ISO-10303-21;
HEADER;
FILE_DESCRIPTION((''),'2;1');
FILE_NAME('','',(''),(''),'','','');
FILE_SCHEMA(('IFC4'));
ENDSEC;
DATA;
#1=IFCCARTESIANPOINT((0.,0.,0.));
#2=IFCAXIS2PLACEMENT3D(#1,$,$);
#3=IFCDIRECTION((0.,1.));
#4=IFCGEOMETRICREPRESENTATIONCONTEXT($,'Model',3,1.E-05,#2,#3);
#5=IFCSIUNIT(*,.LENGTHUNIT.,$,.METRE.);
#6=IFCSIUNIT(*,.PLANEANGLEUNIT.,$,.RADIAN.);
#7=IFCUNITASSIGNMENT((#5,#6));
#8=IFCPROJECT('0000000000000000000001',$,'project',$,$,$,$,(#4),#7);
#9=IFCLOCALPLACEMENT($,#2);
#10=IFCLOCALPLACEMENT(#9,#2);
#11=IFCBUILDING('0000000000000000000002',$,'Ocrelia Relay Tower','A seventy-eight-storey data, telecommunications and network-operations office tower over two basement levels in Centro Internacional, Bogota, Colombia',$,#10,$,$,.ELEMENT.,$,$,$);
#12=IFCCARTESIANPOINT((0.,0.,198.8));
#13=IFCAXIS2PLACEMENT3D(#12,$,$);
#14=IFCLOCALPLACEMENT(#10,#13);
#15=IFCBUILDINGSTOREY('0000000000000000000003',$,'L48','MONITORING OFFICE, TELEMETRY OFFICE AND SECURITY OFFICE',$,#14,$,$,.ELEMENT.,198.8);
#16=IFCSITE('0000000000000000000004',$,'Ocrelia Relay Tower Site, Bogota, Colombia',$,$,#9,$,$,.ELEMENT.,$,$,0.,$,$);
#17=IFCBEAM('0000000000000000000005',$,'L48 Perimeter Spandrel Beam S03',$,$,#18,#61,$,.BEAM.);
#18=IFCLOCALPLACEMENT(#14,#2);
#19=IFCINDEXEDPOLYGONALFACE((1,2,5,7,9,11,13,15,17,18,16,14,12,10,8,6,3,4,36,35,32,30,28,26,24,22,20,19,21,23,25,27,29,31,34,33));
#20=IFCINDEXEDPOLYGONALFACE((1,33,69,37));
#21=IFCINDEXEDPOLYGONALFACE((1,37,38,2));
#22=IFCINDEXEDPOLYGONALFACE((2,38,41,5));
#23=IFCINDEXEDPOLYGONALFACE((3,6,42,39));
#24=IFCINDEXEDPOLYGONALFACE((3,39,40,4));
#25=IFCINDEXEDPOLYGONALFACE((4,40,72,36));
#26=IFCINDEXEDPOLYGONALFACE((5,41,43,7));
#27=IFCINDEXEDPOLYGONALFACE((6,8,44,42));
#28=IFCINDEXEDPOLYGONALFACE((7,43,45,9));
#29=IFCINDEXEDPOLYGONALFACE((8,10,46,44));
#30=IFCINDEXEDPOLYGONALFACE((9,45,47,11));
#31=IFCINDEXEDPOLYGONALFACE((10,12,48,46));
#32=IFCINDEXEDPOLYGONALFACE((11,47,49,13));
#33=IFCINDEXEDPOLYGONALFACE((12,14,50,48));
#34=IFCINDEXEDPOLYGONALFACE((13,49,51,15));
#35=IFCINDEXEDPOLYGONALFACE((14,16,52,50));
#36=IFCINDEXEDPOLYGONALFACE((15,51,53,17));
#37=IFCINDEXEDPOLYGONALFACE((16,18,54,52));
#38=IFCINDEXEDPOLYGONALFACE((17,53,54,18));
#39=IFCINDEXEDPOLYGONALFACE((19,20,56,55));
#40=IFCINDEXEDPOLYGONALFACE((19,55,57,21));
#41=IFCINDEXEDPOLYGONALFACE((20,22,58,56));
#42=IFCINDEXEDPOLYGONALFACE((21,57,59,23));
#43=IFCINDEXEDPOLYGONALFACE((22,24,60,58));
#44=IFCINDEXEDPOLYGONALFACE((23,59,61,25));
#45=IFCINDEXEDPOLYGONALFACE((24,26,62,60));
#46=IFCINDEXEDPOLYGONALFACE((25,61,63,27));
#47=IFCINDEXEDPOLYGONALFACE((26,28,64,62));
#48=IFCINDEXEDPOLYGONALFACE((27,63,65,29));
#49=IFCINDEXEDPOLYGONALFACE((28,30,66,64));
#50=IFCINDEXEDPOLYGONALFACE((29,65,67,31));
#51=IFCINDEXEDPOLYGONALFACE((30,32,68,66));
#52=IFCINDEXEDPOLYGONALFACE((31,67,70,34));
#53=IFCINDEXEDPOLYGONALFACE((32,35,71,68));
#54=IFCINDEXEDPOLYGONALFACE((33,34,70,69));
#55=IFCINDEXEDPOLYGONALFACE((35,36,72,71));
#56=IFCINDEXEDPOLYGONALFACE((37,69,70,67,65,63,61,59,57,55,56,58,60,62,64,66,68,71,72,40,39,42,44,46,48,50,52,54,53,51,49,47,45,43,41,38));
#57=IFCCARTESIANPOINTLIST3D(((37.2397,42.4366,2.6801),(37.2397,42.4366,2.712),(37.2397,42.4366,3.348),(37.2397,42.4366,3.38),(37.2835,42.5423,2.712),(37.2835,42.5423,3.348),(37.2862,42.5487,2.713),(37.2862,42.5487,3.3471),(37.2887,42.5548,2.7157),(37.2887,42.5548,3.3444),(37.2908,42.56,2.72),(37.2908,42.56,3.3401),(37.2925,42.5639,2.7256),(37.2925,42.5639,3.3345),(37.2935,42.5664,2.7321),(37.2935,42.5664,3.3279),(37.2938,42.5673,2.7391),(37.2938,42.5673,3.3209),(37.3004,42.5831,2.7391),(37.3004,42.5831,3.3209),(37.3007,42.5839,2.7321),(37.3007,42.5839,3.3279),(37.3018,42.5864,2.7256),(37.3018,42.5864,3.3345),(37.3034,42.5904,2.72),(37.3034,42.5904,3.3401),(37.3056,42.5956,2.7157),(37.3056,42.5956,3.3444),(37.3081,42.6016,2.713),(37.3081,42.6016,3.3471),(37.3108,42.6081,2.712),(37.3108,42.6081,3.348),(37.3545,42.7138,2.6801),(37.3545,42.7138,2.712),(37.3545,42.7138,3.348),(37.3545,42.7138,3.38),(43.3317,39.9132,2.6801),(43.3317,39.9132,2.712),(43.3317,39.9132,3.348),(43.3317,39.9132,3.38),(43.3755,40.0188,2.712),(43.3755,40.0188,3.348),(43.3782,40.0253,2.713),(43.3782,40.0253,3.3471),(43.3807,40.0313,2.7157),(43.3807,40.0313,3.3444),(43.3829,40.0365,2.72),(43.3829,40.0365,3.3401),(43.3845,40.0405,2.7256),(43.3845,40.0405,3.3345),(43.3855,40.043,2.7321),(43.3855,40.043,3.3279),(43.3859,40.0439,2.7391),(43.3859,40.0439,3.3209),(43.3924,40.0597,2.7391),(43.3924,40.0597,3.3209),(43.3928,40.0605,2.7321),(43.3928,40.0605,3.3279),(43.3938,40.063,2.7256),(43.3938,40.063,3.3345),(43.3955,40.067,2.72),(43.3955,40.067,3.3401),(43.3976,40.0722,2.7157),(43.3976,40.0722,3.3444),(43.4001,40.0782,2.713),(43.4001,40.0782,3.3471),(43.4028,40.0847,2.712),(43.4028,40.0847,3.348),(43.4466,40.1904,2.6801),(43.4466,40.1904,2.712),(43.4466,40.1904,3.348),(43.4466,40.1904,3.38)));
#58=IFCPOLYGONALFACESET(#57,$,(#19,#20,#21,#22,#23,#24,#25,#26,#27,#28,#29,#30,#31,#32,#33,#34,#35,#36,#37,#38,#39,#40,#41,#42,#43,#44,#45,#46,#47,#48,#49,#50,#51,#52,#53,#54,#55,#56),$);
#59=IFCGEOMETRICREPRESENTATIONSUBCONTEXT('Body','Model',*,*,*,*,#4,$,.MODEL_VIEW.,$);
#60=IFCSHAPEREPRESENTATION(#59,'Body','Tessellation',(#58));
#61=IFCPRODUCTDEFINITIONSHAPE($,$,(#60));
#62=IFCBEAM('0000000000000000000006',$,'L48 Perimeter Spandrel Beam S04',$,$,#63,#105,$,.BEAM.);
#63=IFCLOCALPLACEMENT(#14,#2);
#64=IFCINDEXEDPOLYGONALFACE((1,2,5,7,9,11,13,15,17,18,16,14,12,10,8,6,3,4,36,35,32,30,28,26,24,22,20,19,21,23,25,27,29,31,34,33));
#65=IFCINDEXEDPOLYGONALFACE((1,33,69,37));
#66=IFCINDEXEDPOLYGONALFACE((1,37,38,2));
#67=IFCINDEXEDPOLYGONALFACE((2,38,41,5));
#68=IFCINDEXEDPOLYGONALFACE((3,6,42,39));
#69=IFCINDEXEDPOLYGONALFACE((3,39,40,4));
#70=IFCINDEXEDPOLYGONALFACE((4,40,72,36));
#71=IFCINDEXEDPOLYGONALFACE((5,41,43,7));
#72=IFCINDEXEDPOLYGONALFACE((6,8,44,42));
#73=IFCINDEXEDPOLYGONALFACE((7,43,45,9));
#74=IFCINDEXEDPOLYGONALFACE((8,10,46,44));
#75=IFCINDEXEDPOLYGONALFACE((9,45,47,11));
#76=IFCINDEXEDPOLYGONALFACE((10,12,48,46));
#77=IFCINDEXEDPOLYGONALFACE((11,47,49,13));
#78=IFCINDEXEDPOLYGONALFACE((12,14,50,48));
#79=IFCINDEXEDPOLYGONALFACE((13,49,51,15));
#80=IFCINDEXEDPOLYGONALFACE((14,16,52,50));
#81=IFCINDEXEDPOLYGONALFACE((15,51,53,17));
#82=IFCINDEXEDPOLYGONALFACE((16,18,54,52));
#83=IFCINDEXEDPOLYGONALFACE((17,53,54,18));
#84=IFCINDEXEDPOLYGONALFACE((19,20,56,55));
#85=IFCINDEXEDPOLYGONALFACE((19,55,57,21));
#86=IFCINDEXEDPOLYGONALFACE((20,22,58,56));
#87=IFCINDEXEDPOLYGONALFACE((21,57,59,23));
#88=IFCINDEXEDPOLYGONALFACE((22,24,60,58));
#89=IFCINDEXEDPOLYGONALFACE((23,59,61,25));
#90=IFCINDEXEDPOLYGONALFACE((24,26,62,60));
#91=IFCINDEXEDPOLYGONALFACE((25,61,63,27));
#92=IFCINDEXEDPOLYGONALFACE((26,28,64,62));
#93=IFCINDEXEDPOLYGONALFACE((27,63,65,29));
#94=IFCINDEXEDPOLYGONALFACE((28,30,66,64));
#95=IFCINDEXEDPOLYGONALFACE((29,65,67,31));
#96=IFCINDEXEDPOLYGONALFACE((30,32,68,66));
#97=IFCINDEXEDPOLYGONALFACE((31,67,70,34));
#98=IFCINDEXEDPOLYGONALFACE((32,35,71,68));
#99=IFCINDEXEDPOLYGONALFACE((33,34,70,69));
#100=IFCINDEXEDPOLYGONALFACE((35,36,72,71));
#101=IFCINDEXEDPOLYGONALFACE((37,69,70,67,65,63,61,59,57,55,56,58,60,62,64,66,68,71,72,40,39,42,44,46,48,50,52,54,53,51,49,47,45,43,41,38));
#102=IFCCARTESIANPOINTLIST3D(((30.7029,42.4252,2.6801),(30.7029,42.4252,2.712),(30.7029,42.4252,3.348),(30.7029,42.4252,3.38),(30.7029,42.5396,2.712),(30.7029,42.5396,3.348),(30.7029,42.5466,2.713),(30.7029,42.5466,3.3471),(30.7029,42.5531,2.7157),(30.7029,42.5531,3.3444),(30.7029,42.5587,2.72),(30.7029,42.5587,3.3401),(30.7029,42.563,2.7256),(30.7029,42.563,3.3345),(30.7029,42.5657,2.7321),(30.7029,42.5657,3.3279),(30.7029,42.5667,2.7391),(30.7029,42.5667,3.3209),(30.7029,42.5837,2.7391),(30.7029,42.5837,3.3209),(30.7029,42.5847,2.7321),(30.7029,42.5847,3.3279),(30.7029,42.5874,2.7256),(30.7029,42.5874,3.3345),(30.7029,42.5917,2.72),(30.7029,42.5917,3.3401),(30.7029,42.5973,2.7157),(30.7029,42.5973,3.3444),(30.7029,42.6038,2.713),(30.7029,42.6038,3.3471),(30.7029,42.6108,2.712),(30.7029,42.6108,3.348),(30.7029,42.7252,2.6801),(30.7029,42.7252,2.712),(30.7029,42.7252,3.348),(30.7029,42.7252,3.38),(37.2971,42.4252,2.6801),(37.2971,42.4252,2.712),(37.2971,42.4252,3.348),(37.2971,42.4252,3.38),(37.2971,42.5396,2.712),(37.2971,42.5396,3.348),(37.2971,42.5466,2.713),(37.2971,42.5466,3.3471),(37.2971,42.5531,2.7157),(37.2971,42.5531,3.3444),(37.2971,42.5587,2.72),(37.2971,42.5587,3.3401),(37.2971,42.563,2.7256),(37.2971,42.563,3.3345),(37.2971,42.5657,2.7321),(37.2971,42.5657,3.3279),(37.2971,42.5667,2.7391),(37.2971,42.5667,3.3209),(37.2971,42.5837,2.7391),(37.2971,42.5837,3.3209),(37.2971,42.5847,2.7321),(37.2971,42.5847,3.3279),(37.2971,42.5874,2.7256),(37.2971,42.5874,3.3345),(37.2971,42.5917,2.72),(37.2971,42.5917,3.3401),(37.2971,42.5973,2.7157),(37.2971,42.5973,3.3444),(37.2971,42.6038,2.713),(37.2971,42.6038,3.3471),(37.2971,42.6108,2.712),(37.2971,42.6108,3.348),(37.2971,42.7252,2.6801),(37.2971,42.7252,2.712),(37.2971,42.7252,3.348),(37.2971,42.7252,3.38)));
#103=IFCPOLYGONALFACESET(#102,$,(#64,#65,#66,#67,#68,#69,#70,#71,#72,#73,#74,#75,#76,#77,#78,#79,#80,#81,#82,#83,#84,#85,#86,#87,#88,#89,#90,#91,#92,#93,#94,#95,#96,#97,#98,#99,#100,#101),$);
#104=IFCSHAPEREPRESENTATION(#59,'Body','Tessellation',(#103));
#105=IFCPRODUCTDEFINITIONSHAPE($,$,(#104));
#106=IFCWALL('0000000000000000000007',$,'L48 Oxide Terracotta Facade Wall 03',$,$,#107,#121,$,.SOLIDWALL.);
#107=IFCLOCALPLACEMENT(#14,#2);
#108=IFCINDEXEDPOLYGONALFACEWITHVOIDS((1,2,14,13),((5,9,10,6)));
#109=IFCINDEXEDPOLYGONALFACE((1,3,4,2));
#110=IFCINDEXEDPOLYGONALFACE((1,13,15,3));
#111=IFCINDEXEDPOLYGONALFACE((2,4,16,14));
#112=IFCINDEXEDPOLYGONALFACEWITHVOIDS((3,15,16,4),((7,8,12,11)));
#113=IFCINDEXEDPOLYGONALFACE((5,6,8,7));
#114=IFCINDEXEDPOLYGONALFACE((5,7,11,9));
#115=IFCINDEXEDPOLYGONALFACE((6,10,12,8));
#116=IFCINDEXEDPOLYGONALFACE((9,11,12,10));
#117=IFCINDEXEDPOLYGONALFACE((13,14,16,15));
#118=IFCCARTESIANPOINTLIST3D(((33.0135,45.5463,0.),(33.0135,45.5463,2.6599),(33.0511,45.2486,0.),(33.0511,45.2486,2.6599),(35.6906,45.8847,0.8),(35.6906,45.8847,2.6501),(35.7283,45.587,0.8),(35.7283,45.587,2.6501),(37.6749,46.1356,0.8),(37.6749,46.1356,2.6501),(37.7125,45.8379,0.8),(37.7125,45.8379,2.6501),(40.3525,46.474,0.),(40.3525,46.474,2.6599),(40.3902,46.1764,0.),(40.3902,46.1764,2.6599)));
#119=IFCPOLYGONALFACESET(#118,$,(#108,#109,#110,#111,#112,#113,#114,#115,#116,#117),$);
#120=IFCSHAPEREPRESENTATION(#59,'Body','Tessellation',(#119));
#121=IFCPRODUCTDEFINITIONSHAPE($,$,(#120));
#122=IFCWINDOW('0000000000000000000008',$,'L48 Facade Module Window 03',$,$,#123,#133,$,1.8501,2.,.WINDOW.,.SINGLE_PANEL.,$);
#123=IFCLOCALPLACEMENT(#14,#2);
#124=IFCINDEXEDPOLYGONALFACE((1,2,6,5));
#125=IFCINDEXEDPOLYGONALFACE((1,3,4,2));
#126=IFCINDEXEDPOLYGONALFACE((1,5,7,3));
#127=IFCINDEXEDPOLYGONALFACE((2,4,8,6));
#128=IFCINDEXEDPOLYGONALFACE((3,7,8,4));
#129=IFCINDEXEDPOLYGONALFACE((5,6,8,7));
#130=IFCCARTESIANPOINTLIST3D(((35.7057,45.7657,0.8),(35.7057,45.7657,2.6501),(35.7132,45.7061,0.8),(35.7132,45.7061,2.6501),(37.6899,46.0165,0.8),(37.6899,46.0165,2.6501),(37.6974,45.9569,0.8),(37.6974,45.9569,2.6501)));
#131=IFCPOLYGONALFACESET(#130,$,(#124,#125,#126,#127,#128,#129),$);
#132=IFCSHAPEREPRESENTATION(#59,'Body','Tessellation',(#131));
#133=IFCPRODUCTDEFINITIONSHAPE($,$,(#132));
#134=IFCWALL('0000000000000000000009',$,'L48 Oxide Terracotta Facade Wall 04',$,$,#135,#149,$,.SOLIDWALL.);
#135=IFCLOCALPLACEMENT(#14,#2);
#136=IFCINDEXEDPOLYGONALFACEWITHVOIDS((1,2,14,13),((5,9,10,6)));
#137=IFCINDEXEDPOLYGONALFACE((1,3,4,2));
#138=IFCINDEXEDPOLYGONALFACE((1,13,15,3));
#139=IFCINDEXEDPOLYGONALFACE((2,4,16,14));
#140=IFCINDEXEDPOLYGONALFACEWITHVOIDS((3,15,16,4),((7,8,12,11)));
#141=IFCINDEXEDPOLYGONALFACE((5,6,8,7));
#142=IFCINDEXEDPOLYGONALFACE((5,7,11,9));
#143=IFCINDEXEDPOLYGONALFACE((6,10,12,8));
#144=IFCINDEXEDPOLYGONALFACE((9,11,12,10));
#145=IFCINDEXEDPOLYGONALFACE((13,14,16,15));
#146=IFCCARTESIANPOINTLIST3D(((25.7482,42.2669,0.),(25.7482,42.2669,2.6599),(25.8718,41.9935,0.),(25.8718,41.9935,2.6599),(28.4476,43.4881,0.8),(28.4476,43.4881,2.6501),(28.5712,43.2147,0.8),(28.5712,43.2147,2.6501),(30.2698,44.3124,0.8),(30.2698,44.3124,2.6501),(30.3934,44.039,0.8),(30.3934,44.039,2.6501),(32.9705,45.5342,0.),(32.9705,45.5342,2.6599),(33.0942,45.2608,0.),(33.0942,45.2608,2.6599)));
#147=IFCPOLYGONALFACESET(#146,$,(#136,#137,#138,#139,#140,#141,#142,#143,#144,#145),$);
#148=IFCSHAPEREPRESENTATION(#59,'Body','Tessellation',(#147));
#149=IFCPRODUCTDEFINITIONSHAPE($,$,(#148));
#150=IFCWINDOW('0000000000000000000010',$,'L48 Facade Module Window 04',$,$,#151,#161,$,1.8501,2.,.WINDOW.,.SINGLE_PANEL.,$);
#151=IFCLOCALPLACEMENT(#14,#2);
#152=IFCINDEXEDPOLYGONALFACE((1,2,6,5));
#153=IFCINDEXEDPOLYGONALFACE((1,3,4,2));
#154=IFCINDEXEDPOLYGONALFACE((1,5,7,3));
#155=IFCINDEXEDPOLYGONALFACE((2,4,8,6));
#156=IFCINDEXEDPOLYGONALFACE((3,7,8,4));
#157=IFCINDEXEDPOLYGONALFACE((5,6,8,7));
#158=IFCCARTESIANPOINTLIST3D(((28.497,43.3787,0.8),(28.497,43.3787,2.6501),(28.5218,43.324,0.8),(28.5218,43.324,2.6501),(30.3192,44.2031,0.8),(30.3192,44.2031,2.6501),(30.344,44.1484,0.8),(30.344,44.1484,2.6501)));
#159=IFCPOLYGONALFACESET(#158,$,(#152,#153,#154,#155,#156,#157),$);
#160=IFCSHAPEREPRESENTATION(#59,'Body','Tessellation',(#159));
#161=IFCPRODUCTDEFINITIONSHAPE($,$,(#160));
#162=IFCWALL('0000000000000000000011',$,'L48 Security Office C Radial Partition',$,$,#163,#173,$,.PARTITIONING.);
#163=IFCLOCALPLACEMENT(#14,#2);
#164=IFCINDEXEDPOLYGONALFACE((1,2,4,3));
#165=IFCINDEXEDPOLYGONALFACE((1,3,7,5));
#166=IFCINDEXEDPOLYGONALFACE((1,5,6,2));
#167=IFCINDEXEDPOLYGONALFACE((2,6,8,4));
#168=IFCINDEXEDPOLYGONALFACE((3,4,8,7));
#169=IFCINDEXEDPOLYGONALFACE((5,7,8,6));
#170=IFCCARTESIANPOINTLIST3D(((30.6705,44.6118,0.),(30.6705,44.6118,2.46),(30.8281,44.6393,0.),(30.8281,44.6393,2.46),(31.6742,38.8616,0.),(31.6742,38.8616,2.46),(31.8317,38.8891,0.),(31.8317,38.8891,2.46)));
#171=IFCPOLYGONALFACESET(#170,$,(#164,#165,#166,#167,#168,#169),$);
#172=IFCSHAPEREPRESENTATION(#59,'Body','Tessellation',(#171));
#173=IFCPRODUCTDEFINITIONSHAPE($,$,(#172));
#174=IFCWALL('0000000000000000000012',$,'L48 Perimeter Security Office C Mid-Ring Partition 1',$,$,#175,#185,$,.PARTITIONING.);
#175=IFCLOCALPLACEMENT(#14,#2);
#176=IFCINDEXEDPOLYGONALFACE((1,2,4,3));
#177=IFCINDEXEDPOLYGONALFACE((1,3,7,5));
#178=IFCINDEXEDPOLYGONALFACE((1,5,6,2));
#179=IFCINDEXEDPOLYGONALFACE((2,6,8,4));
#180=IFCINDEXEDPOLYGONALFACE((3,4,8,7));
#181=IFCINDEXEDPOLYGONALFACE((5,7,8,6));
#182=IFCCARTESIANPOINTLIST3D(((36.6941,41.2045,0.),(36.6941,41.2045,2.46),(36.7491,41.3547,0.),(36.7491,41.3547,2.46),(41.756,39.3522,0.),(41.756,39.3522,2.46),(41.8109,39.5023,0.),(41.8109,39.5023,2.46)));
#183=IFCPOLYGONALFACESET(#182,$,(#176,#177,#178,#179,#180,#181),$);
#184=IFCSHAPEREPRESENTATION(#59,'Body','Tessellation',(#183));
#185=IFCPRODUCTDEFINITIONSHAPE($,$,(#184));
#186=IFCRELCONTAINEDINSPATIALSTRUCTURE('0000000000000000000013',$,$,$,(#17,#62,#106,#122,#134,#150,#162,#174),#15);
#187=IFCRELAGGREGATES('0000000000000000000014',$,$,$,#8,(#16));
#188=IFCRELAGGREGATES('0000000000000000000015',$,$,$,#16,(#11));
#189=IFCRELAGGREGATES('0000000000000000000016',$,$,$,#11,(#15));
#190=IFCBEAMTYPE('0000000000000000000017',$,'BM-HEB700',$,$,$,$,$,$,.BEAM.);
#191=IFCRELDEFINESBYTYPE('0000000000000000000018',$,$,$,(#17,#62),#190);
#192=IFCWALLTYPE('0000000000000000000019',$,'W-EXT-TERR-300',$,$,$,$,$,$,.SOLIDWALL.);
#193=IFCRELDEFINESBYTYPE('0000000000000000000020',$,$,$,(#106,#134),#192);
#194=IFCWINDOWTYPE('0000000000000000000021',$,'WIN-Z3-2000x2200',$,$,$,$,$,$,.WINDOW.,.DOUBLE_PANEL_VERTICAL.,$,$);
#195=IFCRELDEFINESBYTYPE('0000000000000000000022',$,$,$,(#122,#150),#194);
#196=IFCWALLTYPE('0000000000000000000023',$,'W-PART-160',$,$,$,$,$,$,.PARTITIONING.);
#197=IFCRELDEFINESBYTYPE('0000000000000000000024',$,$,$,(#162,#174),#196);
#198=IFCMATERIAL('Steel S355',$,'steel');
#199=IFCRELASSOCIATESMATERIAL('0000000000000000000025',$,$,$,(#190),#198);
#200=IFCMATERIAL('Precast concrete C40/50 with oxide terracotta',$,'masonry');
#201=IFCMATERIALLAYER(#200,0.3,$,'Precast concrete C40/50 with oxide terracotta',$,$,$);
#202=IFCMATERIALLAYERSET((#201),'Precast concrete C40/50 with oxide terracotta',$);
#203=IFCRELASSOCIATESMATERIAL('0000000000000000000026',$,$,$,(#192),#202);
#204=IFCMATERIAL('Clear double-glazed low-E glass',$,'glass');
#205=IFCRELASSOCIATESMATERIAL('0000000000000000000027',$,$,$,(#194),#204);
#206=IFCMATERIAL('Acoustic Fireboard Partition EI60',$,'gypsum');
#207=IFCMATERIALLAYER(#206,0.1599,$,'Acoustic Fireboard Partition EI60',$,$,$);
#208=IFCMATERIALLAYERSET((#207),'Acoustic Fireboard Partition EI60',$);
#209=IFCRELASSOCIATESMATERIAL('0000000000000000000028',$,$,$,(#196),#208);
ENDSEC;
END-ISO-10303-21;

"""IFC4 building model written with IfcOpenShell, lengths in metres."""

from ifc_helpers import new_model, si_unit, direction, frame, frame_2d, origin, origin_2d, place, context, subcontext, project, spatial, rectangle, i_section, extrude, material, layer, layer_set, material_profile, profile_set, type_object, element, fill, save


model = new_model("IFC4")

# Units and contexts
model_context = context("Model", 3, precision=1e-05, world=origin(), true_north=direction((0.0, 1.0)))
body_context = subcontext(model_context, "Body", "Model", "MODEL_VIEW")
ifc_project = project(units=[si_unit("LENGTHUNIT", "METRE"), si_unit("PLANEANGLEUNIT", "RADIAN")], contexts=[model_context])

# Site, building, storey
site_placement = place(None, origin())
site = spatial("IfcSite", under=ifc_project, at=site_placement, Name="Ocrelia Relay Tower Site, Bogota, Colombia", CompositionType="ELEMENT", RefElevation=0.0)
building_placement = place(site_placement, origin())
building = spatial("IfcBuilding", under=site, at=building_placement, Name="Ocrelia Relay Tower", Description="A seventy-eight-storey data, telecommunications and network-operations office tower over two basement levels in Centro Internacional, Bogota, Colombia", CompositionType="ELEMENT")
storey_placement = place(building_placement, frame((0.0, 0.0, 198.8)))
storey = spatial("IfcBuildingStorey", under=building, at=storey_placement, Name="L48", Description="MONITORING OFFICE, TELEMETRY OFFICE AND SECURITY OFFICE", CompositionType="ELEMENT", Elevation=198.8)

# Beams
ifc_material_1 = material(Name="Steel S355", Category="steel")
ifc_material_profile_1 = material_profile(ifc_material_1, i_section(OverallWidth=0.3, OverallDepth=0.7, WebThickness=0.0171, FlangeThickness=0.032, FilletRadius=0.0271, at=origin_2d()), Name="HEB 700")
ifc_profile_set_1 = profile_set([ifc_material_profile_1], Name="Steel S355")
beam_type_1 = type_object("IfcBeamType", Name="BM-HEB700", PredefinedType="BEAM", material=ifc_profile_set_1)
beam_1_placement = place(storey_placement, frame((43.3892, 40.0518, 3.03), z_axis=(-0.923878, 0.382688, 0.0), x_axis=(-0.382688, -0.923878, 0.0)))
element("IfcBeam", 1, at=beam_1_placement, inside=storey, type_object=beam_type_1, Name="L48 Perimeter Spandrel Beam S03", PredefinedType="BEAM", context=body_context, shape_type="SweptSolid", body=[
    extrude(i_section(OverallWidth=0.3, OverallDepth=0.7, WebThickness=0.0171, FlangeThickness=0.032, FilletRadius=0.0271, at=origin_2d()), origin(), (0.0, 0.0, 1.0), 6.594),
])
beam_2_placement = place(storey_placement, frame((37.2971, 42.5752, 3.03), z_axis=(-1.0, 0.0, 0.0), x_axis=(0.0, -1.0, 0.0)))
element("IfcBeam", 2, at=beam_2_placement, inside=storey, type_object=beam_type_1, Name="L48 Perimeter Spandrel Beam S04", PredefinedType="BEAM", context=body_context, shape_type="SweptSolid", body=[
    extrude(i_section(OverallWidth=0.3, OverallDepth=0.7, WebThickness=0.0171, FlangeThickness=0.032, FilletRadius=0.0271, at=origin_2d()), origin(), (0.0, 0.0, 1.0), 6.5942),
])

# Walls, openings, windows
ifc_material_2 = material(Name="Precast concrete C40/50 with oxide terracotta", Category="masonry")
ifc_layer_1 = layer(ifc_material_2, 0.3, Name="Precast concrete C40/50 with oxide terracotta")
ifc_layer_set_1 = layer_set([ifc_layer_1], Name="Precast concrete C40/50 with oxide terracotta")
wall_type_1 = type_object("IfcWallType", Name="W-EXT-TERR-300", PredefinedType="SOLIDWALL", material=ifc_layer_set_1)
wall_1_placement = place(storey_placement, frame((40.3713, 46.3252, 0.0), z_axis=(0.0, 0.0, 1.0), x_axis=(-0.992105, -0.125412, 0.0)))
wall_1 = element("IfcWall", 3, at=wall_1_placement, inside=storey, type_object=wall_type_1, Name="L48 Oxide Terracotta Facade Wall 03", PredefinedType="SOLIDWALL", context=body_context, shape_type="SweptSolid", body=[
    extrude(rectangle(XDim=7.3975, YDim=0.3, at=frame_2d((3.6987, 0.0))), origin(), (0.0, 0.0, 1.0), 2.6599),
])
opening_1_placement = place(wall_1_placement, frame((2.699, 0.0, 0.8)))
opening_1 = element("IfcOpeningElement", 4, at=opening_1_placement, cuts=wall_1, PredefinedType="OPENING", context=body_context, shape_type="SweptSolid", body=[
    extrude(rectangle(XDim=2.0, YDim=1.8501, at=frame_2d((1.0, 0.925))), frame((0.0, 0.1602, 0.0), z_axis=(0.0, -1.0, 0.0), x_axis=(1.0, 0.0, 0.0)), (0.0, 0.0, 1.0), 0.3201),
])
ifc_material_3 = material(Name="Clear double-glazed low-E glass", Category="glass")
window_type = type_object("IfcWindowType", Name="WIN-Z3-2000x2200", PartitioningType="DOUBLE_PANEL_VERTICAL", PredefinedType="WINDOW", material=ifc_material_3)
window_1_placement = place(opening_1_placement, origin())
window_1 = element("IfcWindow", 5, at=window_1_placement, inside=storey, type_object=window_type, Name="L48 Facade Module Window 03", OverallHeight=1.8501, OverallWidth=2.0, PartitioningType="SINGLE_PANEL", PredefinedType="WINDOW", context=body_context, shape_type="SweptSolid", body=[
    extrude(rectangle(XDim=2.0, YDim=1.8501, at=frame_2d((1.0, 0.925))), frame((0.0, 0.03, 0.0), z_axis=(0.0, -1.0, 0.0), x_axis=(1.0, 0.0, 0.0)), (0.0, 0.0, 1.0), 0.0601),
])
fill(opening_1, window_1)
wall_2_placement = place(storey_placement, frame((33.0322, 45.3975, 0.0), z_axis=(0.0, 0.0, 1.0), x_axis=(-0.911105, -0.412173, 0.0)))
wall_2 = element("IfcWall", 6, at=wall_2_placement, inside=storey, type_object=wall_type_1, Name="L48 Oxide Terracotta Facade Wall 04", PredefinedType="SOLIDWALL", context=body_context, shape_type="SweptSolid", body=[
    extrude(rectangle(XDim=7.927, YDim=0.3, at=frame_2d((3.9634, 0.0))), origin(), (0.0, 0.0, 1.0), 2.6599),
])
opening_2_placement = place(wall_2_placement, frame((2.9641, 0.0, 0.8)))
opening_2 = element("IfcOpeningElement", 7, at=opening_2_placement, cuts=wall_2, PredefinedType="OPENING", context=body_context, shape_type="SweptSolid", body=[
    extrude(rectangle(XDim=2.0, YDim=1.8501, at=frame_2d((1.0, 0.925))), frame((0.0, 0.1602, 0.0), z_axis=(0.0, -1.0, 0.0), x_axis=(1.0, 0.0, 0.0)), (0.0, 0.0, 1.0), 0.3201),
])
window_2_placement = place(opening_2_placement, origin())
window_2 = element("IfcWindow", 8, at=window_2_placement, inside=storey, type_object=window_type, Name="L48 Facade Module Window 04", OverallHeight=1.8501, OverallWidth=2.0, PartitioningType="SINGLE_PANEL", PredefinedType="WINDOW", context=body_context, shape_type="SweptSolid", body=[
    extrude(rectangle(XDim=2.0, YDim=1.8501, at=frame_2d((1.0, 0.925))), frame((0.0, 0.03, 0.0), z_axis=(0.0, -1.0, 0.0), x_axis=(1.0, 0.0, 0.0)), (0.0, 0.0, 1.0), 0.0601),
])
fill(opening_2, window_2)

# Walls
ifc_material_4 = material(Name="Acoustic Fireboard Partition EI60", Category="gypsum")
ifc_layer_2 = layer(ifc_material_4, 0.1599, Name="Acoustic Fireboard Partition EI60")
ifc_layer_set_2 = layer_set([ifc_layer_2], Name="Acoustic Fireboard Partition EI60")
wall_type_2 = type_object("IfcWallType", Name="W-PART-160", PredefinedType="PARTITIONING", material=ifc_layer_set_2)
wall_3_placement = place(storey_placement, frame((31.7529, 38.8755, 0.0), z_axis=(0.0, 0.0, 1.0), x_axis=(-0.171943, 0.985107, 0.0)))
element("IfcWall", 9, at=wall_3_placement, inside=storey, type_object=wall_type_2, Name="L48 Security Office C Radial Partition", PredefinedType="PARTITIONING", context=body_context, shape_type="SweptSolid", body=[
    extrude(rectangle(XDim=5.8372, YDim=0.1599, at=frame_2d((2.9185, 0.0))), origin(), (0.0, 0.0, 1.0), 2.46),
])
wall_4_placement = place(storey_placement, frame((41.7834, 39.4272, 0.0), z_axis=(0.0, 0.0, 1.0), x_axis=(-0.939097, 0.343652, 0.0)))
element("IfcWall", 10, at=wall_4_placement, inside=storey, type_object=wall_type_2, Name="L48 Perimeter Security Office C Mid-Ring Partition 1", PredefinedType="PARTITIONING", context=body_context, shape_type="SweptSolid", body=[
    extrude(rectangle(XDim=5.3901, YDim=0.1599, at=frame_2d((2.6951, 0.0))), origin(), (0.0, 0.0, 1.0), 2.46),
])

save(model, "model.ifc")
